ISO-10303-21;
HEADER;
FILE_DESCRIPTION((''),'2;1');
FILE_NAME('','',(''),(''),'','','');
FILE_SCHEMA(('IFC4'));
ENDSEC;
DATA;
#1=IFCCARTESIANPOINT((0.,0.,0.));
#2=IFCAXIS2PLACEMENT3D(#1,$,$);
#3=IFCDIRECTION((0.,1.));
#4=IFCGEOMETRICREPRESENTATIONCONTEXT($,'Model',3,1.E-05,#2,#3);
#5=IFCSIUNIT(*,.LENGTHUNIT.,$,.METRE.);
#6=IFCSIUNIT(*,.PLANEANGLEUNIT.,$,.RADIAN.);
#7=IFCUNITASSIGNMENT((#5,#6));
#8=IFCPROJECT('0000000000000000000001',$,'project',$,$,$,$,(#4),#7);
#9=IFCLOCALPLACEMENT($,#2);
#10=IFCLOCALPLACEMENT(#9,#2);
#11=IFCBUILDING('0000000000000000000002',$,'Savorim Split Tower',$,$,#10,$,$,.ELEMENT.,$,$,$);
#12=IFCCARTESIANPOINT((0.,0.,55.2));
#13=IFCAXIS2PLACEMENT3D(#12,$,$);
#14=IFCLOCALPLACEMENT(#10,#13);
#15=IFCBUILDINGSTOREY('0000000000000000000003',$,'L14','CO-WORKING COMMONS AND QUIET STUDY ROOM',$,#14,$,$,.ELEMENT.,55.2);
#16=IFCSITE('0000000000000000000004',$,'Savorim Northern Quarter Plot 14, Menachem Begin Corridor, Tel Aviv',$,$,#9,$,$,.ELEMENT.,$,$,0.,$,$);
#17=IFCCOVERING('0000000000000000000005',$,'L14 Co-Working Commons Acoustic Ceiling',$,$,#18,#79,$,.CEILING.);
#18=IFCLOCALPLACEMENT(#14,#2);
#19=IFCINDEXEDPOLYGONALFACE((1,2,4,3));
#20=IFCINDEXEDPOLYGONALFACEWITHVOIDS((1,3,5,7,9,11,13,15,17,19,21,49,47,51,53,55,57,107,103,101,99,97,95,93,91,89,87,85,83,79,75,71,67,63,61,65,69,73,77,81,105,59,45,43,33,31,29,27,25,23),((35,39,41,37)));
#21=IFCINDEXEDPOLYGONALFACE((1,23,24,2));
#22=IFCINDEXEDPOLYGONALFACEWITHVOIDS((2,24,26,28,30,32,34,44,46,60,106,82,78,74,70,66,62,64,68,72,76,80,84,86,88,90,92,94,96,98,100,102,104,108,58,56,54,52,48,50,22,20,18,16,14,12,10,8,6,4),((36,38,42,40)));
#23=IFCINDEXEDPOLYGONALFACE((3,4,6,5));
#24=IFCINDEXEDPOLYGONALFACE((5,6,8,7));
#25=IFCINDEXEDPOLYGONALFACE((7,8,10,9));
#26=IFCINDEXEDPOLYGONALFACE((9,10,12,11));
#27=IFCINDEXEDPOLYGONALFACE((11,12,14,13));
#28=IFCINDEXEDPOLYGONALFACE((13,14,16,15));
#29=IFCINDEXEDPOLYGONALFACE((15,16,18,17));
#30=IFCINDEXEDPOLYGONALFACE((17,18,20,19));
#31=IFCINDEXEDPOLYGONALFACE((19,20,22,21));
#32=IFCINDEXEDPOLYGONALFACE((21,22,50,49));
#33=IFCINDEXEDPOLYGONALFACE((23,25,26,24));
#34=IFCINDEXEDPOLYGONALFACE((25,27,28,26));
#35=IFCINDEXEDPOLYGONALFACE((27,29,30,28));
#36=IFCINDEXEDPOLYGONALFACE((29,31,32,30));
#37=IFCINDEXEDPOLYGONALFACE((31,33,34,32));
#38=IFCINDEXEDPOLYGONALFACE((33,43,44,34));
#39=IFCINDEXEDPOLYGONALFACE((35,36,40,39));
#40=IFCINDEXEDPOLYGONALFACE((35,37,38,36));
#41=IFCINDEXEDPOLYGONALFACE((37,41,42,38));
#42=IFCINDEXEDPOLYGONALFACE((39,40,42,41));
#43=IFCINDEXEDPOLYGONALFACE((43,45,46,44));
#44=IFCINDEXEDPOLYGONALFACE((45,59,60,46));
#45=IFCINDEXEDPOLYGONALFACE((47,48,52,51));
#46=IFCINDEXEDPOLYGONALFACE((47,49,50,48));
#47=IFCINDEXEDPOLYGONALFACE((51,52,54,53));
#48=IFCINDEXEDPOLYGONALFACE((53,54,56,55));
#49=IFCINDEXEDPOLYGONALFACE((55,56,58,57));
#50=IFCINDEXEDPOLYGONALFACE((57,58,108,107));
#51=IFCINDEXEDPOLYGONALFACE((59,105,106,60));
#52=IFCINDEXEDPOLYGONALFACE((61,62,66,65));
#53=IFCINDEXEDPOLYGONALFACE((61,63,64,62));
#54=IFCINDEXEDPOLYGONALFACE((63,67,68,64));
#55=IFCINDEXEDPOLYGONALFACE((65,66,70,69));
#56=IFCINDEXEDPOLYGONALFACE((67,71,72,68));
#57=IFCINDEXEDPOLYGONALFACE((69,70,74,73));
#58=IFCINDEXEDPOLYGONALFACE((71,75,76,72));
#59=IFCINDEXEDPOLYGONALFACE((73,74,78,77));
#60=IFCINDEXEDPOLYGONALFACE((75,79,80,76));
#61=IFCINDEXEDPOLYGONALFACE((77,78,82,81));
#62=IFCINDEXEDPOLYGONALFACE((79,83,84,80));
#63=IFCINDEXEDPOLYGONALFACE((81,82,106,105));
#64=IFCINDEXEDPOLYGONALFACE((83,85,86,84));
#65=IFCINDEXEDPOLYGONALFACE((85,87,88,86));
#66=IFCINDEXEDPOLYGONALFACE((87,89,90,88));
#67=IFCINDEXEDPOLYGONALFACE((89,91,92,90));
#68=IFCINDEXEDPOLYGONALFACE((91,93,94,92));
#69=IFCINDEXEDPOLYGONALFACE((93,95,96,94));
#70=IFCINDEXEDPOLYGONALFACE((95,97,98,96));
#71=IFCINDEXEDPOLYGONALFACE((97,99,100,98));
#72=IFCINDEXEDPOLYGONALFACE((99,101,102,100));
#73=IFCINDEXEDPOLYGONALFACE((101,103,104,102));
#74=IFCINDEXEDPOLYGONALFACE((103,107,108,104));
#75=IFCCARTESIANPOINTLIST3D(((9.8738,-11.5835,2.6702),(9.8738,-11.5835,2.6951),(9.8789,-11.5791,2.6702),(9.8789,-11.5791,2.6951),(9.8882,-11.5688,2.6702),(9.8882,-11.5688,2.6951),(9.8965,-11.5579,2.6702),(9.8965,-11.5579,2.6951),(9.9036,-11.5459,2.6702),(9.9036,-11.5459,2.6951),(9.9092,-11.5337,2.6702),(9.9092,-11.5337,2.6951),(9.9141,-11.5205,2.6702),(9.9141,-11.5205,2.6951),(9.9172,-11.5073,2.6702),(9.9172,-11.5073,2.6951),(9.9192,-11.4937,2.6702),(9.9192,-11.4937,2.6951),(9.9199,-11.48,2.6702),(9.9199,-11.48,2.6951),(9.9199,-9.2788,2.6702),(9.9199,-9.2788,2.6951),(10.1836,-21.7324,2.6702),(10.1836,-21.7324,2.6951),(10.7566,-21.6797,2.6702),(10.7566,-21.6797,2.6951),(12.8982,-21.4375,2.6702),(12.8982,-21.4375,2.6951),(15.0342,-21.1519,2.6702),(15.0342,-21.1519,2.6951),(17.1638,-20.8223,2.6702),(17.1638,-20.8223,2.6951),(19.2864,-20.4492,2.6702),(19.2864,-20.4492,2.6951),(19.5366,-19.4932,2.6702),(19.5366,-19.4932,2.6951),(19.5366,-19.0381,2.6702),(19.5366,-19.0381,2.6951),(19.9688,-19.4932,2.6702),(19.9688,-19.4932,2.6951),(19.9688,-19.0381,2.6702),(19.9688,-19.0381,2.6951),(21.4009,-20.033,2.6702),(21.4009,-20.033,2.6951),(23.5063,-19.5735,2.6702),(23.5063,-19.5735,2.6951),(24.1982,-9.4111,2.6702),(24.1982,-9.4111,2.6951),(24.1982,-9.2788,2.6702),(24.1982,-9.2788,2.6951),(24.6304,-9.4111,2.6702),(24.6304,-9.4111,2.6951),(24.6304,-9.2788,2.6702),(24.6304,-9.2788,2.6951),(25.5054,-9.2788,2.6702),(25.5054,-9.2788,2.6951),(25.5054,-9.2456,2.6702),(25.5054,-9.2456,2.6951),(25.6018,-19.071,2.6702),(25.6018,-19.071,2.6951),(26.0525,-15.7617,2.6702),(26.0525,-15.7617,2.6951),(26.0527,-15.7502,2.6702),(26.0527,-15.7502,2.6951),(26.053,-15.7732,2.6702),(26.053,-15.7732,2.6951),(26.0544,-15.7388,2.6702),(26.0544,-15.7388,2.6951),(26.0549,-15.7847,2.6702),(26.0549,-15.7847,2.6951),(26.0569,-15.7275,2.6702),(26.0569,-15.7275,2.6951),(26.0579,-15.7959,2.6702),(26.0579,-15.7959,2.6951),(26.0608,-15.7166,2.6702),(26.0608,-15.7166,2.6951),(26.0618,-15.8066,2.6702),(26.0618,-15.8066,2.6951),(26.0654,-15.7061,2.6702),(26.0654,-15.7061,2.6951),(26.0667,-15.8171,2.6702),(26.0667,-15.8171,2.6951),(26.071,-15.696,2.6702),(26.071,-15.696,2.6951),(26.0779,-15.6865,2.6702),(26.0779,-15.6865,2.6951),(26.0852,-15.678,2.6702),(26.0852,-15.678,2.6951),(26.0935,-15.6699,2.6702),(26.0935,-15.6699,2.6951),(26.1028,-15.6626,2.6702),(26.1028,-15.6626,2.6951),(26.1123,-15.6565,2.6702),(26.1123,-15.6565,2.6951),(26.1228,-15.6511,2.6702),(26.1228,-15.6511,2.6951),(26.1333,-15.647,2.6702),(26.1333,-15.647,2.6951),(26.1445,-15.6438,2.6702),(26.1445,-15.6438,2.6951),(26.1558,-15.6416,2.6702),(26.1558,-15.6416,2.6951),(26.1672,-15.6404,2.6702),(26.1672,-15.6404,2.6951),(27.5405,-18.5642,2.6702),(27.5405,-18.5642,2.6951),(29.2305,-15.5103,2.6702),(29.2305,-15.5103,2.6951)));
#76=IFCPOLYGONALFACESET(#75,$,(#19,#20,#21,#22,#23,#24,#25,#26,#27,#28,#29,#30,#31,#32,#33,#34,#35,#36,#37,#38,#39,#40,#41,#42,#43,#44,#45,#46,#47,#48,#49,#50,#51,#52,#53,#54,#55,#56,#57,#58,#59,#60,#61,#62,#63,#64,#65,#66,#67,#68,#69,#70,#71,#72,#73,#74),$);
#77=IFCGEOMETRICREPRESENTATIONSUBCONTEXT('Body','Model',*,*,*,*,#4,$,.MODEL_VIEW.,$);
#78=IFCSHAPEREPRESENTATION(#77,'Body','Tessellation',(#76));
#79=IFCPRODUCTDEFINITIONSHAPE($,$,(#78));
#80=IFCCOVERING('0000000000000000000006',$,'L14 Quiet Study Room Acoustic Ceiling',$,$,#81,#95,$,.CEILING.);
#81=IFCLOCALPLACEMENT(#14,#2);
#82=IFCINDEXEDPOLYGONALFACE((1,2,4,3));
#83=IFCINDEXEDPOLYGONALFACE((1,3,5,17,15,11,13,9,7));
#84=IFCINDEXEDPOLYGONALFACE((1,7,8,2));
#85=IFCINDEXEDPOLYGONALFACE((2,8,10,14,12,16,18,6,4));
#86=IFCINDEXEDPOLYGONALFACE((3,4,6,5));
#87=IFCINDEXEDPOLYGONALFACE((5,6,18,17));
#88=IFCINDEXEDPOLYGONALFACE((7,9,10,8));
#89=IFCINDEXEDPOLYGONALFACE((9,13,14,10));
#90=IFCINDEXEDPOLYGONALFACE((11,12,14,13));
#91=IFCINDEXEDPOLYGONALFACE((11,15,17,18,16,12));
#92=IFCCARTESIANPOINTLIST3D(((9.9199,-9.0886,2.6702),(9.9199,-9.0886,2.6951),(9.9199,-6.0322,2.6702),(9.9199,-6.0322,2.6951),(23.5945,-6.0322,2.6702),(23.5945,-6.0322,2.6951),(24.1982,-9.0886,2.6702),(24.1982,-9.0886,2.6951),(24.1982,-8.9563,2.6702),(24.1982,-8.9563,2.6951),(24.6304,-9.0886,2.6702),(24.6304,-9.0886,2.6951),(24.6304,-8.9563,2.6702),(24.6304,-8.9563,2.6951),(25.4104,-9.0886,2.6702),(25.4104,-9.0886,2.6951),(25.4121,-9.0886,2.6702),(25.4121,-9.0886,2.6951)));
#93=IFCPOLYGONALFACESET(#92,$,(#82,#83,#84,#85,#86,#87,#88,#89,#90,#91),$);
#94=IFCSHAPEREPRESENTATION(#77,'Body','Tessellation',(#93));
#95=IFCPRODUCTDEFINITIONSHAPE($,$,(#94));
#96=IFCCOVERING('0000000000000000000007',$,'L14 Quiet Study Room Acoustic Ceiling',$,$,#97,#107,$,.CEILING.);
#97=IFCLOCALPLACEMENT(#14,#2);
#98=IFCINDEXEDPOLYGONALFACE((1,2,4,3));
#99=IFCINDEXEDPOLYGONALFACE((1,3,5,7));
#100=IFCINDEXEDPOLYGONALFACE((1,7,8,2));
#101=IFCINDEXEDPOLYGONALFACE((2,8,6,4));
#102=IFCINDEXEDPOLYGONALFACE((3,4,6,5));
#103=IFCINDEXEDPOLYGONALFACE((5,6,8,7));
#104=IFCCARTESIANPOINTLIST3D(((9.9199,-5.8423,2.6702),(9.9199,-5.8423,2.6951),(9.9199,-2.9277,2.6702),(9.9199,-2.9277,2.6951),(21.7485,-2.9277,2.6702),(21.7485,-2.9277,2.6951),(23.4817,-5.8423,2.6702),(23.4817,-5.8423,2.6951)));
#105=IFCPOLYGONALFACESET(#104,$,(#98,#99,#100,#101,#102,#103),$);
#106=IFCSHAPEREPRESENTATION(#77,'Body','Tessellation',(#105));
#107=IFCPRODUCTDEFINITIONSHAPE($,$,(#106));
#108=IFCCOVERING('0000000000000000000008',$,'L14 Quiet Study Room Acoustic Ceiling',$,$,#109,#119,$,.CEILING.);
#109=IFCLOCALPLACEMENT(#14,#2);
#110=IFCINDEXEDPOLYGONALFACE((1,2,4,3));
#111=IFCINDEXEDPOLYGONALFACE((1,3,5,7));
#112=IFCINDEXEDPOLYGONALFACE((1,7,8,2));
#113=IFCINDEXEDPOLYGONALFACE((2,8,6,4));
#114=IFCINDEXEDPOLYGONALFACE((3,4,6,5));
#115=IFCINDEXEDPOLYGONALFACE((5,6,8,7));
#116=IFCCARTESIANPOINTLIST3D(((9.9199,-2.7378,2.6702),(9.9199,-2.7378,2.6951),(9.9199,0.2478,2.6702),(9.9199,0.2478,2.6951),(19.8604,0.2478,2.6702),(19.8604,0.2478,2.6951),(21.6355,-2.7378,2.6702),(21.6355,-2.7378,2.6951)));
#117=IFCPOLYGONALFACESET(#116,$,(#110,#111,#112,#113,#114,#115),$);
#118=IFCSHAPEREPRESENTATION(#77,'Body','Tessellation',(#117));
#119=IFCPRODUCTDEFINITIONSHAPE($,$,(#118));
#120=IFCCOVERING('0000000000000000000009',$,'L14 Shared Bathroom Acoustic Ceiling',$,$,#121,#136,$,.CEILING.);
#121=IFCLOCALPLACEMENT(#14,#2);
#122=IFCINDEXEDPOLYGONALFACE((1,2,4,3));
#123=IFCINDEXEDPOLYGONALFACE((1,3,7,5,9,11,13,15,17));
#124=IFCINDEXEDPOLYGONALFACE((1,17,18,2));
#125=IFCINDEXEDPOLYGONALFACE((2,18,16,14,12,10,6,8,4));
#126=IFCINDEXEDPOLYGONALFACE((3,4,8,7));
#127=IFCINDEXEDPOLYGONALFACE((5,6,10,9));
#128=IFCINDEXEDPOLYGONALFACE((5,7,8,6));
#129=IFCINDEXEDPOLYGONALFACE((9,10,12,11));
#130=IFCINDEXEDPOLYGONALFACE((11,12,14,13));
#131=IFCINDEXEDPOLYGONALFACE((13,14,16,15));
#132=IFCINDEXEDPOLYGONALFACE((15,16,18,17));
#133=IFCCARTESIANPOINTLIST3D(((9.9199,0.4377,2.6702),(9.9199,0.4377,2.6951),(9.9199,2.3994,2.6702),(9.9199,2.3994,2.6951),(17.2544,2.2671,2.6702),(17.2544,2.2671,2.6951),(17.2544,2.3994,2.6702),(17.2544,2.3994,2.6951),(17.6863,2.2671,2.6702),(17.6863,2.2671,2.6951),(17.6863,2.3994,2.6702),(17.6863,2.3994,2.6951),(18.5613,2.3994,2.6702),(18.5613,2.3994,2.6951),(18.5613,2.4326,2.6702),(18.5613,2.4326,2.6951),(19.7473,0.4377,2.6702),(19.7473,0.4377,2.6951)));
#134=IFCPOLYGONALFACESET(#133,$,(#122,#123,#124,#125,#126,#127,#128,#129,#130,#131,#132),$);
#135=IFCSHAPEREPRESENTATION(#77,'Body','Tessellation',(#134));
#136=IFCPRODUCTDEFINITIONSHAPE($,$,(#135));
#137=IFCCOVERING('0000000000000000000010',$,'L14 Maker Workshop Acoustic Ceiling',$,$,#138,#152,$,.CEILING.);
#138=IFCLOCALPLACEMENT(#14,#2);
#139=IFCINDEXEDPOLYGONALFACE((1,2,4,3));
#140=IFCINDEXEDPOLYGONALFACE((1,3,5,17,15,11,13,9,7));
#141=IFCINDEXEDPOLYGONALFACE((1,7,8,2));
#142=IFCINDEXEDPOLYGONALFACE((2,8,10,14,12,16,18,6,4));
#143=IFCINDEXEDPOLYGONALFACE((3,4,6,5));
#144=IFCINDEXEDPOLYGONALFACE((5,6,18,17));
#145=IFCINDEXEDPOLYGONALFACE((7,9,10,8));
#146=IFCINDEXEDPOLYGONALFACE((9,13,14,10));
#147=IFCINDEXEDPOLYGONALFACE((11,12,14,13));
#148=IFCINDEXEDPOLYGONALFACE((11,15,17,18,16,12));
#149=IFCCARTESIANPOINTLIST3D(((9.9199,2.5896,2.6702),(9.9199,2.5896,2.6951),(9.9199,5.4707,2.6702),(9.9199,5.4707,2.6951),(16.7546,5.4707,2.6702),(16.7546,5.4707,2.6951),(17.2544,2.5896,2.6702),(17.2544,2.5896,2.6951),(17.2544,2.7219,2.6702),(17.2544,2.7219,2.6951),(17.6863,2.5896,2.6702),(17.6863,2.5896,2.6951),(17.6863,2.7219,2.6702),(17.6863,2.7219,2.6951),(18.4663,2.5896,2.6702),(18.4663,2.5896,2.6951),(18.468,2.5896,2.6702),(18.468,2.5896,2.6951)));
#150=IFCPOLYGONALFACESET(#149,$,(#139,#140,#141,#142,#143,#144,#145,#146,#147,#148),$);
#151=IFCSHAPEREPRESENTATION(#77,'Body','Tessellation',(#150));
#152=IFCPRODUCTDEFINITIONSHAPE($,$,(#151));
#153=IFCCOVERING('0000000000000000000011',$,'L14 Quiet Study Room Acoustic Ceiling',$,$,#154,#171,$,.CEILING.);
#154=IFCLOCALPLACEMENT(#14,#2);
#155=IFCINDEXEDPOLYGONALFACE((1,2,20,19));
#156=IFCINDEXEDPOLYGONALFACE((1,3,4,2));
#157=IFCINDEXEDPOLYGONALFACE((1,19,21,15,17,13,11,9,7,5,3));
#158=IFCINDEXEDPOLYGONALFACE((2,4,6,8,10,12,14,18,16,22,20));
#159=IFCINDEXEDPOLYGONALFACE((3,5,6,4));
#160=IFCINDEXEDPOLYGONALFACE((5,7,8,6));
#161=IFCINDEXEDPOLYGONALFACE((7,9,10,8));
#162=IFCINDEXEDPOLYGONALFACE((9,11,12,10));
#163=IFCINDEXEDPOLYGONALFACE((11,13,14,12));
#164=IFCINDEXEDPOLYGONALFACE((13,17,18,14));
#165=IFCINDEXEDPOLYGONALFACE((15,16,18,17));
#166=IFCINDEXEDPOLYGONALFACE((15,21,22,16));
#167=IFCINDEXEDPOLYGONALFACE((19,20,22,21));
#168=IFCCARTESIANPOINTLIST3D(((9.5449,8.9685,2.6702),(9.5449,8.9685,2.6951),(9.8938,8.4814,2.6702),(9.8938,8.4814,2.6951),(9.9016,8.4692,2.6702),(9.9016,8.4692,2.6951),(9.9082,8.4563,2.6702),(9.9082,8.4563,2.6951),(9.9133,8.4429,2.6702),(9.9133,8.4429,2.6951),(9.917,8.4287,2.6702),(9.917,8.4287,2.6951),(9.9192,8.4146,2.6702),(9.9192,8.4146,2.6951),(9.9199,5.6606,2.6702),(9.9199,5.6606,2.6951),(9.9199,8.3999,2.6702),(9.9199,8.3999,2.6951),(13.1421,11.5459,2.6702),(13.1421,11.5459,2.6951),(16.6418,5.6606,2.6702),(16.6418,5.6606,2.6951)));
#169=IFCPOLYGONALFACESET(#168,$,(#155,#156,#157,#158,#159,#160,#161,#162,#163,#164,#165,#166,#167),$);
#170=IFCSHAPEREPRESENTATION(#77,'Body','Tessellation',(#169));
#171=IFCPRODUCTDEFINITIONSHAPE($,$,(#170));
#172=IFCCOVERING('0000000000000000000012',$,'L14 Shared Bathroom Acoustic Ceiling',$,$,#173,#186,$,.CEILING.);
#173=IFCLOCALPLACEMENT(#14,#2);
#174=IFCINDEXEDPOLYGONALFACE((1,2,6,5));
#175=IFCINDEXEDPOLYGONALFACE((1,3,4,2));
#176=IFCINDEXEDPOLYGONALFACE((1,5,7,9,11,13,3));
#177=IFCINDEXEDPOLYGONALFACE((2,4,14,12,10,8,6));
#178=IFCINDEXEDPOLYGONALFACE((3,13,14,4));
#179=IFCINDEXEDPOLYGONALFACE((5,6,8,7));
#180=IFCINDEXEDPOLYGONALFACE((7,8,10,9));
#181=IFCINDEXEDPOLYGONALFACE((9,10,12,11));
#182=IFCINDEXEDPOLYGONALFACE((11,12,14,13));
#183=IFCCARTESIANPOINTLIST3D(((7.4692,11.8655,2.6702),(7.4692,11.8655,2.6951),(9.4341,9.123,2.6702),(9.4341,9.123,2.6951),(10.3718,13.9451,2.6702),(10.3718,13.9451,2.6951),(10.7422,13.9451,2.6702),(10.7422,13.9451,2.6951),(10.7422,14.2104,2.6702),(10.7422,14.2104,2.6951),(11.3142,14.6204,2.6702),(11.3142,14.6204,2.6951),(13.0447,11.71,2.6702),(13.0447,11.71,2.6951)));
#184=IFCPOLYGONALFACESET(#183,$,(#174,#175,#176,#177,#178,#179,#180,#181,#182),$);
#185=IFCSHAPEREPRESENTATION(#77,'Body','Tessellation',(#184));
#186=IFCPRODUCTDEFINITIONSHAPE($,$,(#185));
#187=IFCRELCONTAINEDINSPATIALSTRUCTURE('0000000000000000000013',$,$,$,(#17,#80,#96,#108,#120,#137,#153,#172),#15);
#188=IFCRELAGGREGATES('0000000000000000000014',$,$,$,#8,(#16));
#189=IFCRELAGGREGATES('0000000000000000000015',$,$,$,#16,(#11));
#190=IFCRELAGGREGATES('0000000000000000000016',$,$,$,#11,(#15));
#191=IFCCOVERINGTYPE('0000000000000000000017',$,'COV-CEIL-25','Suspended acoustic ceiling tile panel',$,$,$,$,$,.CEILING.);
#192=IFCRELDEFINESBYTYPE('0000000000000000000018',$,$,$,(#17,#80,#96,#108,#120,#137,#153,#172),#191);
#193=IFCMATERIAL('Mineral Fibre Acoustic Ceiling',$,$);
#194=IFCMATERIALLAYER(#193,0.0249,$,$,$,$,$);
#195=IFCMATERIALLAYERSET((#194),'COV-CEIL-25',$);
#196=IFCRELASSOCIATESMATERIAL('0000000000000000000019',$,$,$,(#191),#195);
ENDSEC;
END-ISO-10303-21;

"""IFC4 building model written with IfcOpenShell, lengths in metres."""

from ifc_helpers import new_model, si_unit, direction, frame, origin, place, context, subcontext, project, spatial, polyline, outline, extrude, material, layer, layer_set, type_object, element, save


model = new_model("IFC4")

# Units and contexts
model_context = context("Model", 3, precision=1e-05, world=origin(), true_north=direction((0.0, 1.0)))
body_context = subcontext(model_context, "Body", "Model", "MODEL_VIEW")
ifc_project = project(units=[si_unit("LENGTHUNIT", "METRE"), si_unit("PLANEANGLEUNIT", "RADIAN")], contexts=[model_context])

# Site, building, storey
site_placement = place(None, origin())
site = spatial("IfcSite", under=ifc_project, at=site_placement, Name="Savorim Northern Quarter Plot 14, Menachem Begin Corridor, Tel Aviv", CompositionType="ELEMENT", RefElevation=0.0)
building_placement = place(site_placement, origin())
building = spatial("IfcBuilding", under=site, at=building_placement, Name="Savorim Split Tower", CompositionType="ELEMENT")
storey_placement = place(building_placement, frame((0.0, 0.0, 55.2)))
storey = spatial("IfcBuildingStorey", under=building, at=storey_placement, Name="L14", Description="CO-WORKING COMMONS AND QUIET STUDY ROOM", CompositionType="ELEMENT", Elevation=55.2)

# Coverings
ifc_material_1 = material(Name="Mineral Fibre Acoustic Ceiling")
ifc_layer_1 = layer(ifc_material_1, 0.0249)
ifc_layer_set_1 = layer_set([ifc_layer_1], Name="COV-CEIL-25")
covering_type_1 = type_object("IfcCoveringType", Name="COV-CEIL-25", Description="Suspended acoustic ceiling tile panel", PredefinedType="CEILING", material=ifc_layer_set_1)
covering_1_placement = place(storey_placement, frame((0.0, 0.0, 2.6702)))
element("IfcCovering", 1, at=covering_1_placement, inside=storey, type_object=covering_type_1, Name="L14 Co-Working Commons Acoustic Ceiling", PredefinedType="CEILING", context=body_context, shape_type="SweptSolid", body=[
    extrude(outline(polyline([(26.1445, -15.6438), (26.1558, -15.6416), (26.1672, -15.6404), (29.2305, -15.5103), (25.5054, -9.2456), (25.5054, -9.2788), (24.6304, -9.2788), (24.6304, -9.4111), (24.1982, -9.4111), (24.1982, -9.2788), (9.9199, -9.2788), (9.9199, -11.48), (9.9192, -11.4937), (9.9172, -11.5073), (9.9141, -11.5205), (9.9092, -11.5337), (9.9036, -11.5459), (9.8965, -11.5579), (9.8882, -11.5688), (9.8789, -11.5791), (9.8738, -11.5835), (10.1836, -21.7324), (10.7566, -21.6797), (12.8982, -21.4375), (15.0342, -21.1519), (17.1638, -20.8223), (19.2864, -20.4492), (21.4009, -20.033), (23.5063, -19.5735), (25.6018, -19.071), (27.5405, -18.5642), (26.0667, -15.8171), (26.0618, -15.8066), (26.0579, -15.7959), (26.0549, -15.7847), (26.053, -15.7732), (26.0525, -15.7617), (26.0527, -15.7502), (26.0544, -15.7388), (26.0569, -15.7275), (26.0608, -15.7166), (26.0654, -15.7061), (26.071, -15.696), (26.0779, -15.6865), (26.0852, -15.678), (26.0935, -15.6699), (26.1028, -15.6626), (26.1123, -15.6565), (26.1228, -15.6511), (26.1333, -15.647), (26.1445, -15.6438)]), holes=[polyline([(19.9688, -19.4932), (19.9688, -19.0381), (19.5366, -19.0381), (19.5366, -19.4932), (19.9688, -19.4932)])]), origin(), (0.0, 0.0, 1.0), 0.0249),
])
covering_2_placement = place(storey_placement, frame((0.0, 0.0, 2.6702)))
element("IfcCovering", 2, at=covering_2_placement, inside=storey, type_object=covering_type_1, Name="L14 Quiet Study Room Acoustic Ceiling", PredefinedType="CEILING", context=body_context, shape_type="SweptSolid", body=[
    extrude(outline(polyline([(24.6304, -8.9563), (24.6304, -9.0886), (25.4104, -9.0886), (25.4121, -9.0886), (23.5945, -6.0322), (9.9199, -6.0322), (9.9199, -9.0886), (24.1982, -9.0886), (24.1982, -8.9563), (24.6304, -8.9563)])), origin(), (0.0, 0.0, 1.0), 0.0249),
])
covering_3_placement = place(storey_placement, frame((0.0, 0.0, 2.6702)))
element("IfcCovering", 3, at=covering_3_placement, inside=storey, type_object=covering_type_1, Name="L14 Quiet Study Room Acoustic Ceiling", PredefinedType="CEILING", context=body_context, shape_type="SweptSolid", body=[
    extrude(outline(polyline([(23.4817, -5.8423), (21.7485, -2.9277), (9.9199, -2.9277), (9.9199, -5.8423), (23.4817, -5.8423)])), origin(), (0.0, 0.0, 1.0), 0.0249),
])
covering_4_placement = place(storey_placement, frame((0.0, 0.0, 2.6702)))
element("IfcCovering", 4, at=covering_4_placement, inside=storey, type_object=covering_type_1, Name="L14 Quiet Study Room Acoustic Ceiling", PredefinedType="CEILING", context=body_context, shape_type="SweptSolid", body=[
    extrude(outline(polyline([(21.6355, -2.7378), (19.8604, 0.2478), (9.9199, 0.2478), (9.9199, -2.7378), (21.6355, -2.7378)])), origin(), (0.0, 0.0, 1.0), 0.0249),
])
covering_5_placement = place(storey_placement, frame((0.0, 0.0, 2.6702)))
element("IfcCovering", 5, at=covering_5_placement, inside=storey, type_object=covering_type_1, Name="L14 Shared Bathroom Acoustic Ceiling", PredefinedType="CEILING", context=body_context, shape_type="SweptSolid", body=[
    extrude(outline(polyline([(17.2544, 2.2671), (17.2544, 2.3994), (9.9199, 2.3994), (9.9199, 0.4377), (19.7473, 0.4377), (18.5613, 2.4326), (18.5613, 2.3994), (17.6863, 2.3994), (17.6863, 2.2671), (17.2544, 2.2671)])), origin(), (0.0, 0.0, 1.0), 0.0249),
])
covering_6_placement = place(storey_placement, frame((0.0, 0.0, 2.6702)))
element("IfcCovering", 6, at=covering_6_placement, inside=storey, type_object=covering_type_1, Name="L14 Maker Workshop Acoustic Ceiling", PredefinedType="CEILING", context=body_context, shape_type="SweptSolid", body=[
    extrude(outline(polyline([(17.6863, 2.7219), (17.6863, 2.5896), (18.4663, 2.5896), (18.468, 2.5896), (16.7546, 5.4707), (9.9199, 5.4707), (9.9199, 2.5896), (17.2544, 2.5896), (17.2544, 2.7219), (17.6863, 2.7219)])), origin(), (0.0, 0.0, 1.0), 0.0249),
])
covering_7_placement = place(storey_placement, frame((0.0, 0.0, 2.6702)))
element("IfcCovering", 7, at=covering_7_placement, inside=storey, type_object=covering_type_1, Name="L14 Quiet Study Room Acoustic Ceiling", PredefinedType="CEILING", context=body_context, shape_type="SweptSolid", body=[
    extrude(outline(polyline([(9.917, 8.4287), (9.9192, 8.4146), (9.9199, 8.3999), (9.9199, 5.6606), (16.6418, 5.6606), (13.1421, 11.5459), (9.5449, 8.9685), (9.8938, 8.4814), (9.9016, 8.4692), (9.9082, 8.4563), (9.9133, 8.4429), (9.917, 8.4287)])), origin(), (0.0, 0.0, 1.0), 0.0249),
])
covering_8_placement = place(storey_placement, frame((0.0, 0.0, 2.6702)))
element("IfcCovering", 8, at=covering_8_placement, inside=storey, type_object=covering_type_1, Name="L14 Shared Bathroom Acoustic Ceiling", PredefinedType="CEILING", context=body_context, shape_type="SweptSolid", body=[
    extrude(outline(polyline([(10.7422, 13.9451), (10.3718, 13.9451), (7.4692, 11.8655), (9.4341, 9.123), (13.0447, 11.71), (11.3142, 14.6204), (10.7422, 14.2104), (10.7422, 13.9451)])), origin(), (0.0, 0.0, 1.0), 0.0249),
])

save(model, "model.ifc")
